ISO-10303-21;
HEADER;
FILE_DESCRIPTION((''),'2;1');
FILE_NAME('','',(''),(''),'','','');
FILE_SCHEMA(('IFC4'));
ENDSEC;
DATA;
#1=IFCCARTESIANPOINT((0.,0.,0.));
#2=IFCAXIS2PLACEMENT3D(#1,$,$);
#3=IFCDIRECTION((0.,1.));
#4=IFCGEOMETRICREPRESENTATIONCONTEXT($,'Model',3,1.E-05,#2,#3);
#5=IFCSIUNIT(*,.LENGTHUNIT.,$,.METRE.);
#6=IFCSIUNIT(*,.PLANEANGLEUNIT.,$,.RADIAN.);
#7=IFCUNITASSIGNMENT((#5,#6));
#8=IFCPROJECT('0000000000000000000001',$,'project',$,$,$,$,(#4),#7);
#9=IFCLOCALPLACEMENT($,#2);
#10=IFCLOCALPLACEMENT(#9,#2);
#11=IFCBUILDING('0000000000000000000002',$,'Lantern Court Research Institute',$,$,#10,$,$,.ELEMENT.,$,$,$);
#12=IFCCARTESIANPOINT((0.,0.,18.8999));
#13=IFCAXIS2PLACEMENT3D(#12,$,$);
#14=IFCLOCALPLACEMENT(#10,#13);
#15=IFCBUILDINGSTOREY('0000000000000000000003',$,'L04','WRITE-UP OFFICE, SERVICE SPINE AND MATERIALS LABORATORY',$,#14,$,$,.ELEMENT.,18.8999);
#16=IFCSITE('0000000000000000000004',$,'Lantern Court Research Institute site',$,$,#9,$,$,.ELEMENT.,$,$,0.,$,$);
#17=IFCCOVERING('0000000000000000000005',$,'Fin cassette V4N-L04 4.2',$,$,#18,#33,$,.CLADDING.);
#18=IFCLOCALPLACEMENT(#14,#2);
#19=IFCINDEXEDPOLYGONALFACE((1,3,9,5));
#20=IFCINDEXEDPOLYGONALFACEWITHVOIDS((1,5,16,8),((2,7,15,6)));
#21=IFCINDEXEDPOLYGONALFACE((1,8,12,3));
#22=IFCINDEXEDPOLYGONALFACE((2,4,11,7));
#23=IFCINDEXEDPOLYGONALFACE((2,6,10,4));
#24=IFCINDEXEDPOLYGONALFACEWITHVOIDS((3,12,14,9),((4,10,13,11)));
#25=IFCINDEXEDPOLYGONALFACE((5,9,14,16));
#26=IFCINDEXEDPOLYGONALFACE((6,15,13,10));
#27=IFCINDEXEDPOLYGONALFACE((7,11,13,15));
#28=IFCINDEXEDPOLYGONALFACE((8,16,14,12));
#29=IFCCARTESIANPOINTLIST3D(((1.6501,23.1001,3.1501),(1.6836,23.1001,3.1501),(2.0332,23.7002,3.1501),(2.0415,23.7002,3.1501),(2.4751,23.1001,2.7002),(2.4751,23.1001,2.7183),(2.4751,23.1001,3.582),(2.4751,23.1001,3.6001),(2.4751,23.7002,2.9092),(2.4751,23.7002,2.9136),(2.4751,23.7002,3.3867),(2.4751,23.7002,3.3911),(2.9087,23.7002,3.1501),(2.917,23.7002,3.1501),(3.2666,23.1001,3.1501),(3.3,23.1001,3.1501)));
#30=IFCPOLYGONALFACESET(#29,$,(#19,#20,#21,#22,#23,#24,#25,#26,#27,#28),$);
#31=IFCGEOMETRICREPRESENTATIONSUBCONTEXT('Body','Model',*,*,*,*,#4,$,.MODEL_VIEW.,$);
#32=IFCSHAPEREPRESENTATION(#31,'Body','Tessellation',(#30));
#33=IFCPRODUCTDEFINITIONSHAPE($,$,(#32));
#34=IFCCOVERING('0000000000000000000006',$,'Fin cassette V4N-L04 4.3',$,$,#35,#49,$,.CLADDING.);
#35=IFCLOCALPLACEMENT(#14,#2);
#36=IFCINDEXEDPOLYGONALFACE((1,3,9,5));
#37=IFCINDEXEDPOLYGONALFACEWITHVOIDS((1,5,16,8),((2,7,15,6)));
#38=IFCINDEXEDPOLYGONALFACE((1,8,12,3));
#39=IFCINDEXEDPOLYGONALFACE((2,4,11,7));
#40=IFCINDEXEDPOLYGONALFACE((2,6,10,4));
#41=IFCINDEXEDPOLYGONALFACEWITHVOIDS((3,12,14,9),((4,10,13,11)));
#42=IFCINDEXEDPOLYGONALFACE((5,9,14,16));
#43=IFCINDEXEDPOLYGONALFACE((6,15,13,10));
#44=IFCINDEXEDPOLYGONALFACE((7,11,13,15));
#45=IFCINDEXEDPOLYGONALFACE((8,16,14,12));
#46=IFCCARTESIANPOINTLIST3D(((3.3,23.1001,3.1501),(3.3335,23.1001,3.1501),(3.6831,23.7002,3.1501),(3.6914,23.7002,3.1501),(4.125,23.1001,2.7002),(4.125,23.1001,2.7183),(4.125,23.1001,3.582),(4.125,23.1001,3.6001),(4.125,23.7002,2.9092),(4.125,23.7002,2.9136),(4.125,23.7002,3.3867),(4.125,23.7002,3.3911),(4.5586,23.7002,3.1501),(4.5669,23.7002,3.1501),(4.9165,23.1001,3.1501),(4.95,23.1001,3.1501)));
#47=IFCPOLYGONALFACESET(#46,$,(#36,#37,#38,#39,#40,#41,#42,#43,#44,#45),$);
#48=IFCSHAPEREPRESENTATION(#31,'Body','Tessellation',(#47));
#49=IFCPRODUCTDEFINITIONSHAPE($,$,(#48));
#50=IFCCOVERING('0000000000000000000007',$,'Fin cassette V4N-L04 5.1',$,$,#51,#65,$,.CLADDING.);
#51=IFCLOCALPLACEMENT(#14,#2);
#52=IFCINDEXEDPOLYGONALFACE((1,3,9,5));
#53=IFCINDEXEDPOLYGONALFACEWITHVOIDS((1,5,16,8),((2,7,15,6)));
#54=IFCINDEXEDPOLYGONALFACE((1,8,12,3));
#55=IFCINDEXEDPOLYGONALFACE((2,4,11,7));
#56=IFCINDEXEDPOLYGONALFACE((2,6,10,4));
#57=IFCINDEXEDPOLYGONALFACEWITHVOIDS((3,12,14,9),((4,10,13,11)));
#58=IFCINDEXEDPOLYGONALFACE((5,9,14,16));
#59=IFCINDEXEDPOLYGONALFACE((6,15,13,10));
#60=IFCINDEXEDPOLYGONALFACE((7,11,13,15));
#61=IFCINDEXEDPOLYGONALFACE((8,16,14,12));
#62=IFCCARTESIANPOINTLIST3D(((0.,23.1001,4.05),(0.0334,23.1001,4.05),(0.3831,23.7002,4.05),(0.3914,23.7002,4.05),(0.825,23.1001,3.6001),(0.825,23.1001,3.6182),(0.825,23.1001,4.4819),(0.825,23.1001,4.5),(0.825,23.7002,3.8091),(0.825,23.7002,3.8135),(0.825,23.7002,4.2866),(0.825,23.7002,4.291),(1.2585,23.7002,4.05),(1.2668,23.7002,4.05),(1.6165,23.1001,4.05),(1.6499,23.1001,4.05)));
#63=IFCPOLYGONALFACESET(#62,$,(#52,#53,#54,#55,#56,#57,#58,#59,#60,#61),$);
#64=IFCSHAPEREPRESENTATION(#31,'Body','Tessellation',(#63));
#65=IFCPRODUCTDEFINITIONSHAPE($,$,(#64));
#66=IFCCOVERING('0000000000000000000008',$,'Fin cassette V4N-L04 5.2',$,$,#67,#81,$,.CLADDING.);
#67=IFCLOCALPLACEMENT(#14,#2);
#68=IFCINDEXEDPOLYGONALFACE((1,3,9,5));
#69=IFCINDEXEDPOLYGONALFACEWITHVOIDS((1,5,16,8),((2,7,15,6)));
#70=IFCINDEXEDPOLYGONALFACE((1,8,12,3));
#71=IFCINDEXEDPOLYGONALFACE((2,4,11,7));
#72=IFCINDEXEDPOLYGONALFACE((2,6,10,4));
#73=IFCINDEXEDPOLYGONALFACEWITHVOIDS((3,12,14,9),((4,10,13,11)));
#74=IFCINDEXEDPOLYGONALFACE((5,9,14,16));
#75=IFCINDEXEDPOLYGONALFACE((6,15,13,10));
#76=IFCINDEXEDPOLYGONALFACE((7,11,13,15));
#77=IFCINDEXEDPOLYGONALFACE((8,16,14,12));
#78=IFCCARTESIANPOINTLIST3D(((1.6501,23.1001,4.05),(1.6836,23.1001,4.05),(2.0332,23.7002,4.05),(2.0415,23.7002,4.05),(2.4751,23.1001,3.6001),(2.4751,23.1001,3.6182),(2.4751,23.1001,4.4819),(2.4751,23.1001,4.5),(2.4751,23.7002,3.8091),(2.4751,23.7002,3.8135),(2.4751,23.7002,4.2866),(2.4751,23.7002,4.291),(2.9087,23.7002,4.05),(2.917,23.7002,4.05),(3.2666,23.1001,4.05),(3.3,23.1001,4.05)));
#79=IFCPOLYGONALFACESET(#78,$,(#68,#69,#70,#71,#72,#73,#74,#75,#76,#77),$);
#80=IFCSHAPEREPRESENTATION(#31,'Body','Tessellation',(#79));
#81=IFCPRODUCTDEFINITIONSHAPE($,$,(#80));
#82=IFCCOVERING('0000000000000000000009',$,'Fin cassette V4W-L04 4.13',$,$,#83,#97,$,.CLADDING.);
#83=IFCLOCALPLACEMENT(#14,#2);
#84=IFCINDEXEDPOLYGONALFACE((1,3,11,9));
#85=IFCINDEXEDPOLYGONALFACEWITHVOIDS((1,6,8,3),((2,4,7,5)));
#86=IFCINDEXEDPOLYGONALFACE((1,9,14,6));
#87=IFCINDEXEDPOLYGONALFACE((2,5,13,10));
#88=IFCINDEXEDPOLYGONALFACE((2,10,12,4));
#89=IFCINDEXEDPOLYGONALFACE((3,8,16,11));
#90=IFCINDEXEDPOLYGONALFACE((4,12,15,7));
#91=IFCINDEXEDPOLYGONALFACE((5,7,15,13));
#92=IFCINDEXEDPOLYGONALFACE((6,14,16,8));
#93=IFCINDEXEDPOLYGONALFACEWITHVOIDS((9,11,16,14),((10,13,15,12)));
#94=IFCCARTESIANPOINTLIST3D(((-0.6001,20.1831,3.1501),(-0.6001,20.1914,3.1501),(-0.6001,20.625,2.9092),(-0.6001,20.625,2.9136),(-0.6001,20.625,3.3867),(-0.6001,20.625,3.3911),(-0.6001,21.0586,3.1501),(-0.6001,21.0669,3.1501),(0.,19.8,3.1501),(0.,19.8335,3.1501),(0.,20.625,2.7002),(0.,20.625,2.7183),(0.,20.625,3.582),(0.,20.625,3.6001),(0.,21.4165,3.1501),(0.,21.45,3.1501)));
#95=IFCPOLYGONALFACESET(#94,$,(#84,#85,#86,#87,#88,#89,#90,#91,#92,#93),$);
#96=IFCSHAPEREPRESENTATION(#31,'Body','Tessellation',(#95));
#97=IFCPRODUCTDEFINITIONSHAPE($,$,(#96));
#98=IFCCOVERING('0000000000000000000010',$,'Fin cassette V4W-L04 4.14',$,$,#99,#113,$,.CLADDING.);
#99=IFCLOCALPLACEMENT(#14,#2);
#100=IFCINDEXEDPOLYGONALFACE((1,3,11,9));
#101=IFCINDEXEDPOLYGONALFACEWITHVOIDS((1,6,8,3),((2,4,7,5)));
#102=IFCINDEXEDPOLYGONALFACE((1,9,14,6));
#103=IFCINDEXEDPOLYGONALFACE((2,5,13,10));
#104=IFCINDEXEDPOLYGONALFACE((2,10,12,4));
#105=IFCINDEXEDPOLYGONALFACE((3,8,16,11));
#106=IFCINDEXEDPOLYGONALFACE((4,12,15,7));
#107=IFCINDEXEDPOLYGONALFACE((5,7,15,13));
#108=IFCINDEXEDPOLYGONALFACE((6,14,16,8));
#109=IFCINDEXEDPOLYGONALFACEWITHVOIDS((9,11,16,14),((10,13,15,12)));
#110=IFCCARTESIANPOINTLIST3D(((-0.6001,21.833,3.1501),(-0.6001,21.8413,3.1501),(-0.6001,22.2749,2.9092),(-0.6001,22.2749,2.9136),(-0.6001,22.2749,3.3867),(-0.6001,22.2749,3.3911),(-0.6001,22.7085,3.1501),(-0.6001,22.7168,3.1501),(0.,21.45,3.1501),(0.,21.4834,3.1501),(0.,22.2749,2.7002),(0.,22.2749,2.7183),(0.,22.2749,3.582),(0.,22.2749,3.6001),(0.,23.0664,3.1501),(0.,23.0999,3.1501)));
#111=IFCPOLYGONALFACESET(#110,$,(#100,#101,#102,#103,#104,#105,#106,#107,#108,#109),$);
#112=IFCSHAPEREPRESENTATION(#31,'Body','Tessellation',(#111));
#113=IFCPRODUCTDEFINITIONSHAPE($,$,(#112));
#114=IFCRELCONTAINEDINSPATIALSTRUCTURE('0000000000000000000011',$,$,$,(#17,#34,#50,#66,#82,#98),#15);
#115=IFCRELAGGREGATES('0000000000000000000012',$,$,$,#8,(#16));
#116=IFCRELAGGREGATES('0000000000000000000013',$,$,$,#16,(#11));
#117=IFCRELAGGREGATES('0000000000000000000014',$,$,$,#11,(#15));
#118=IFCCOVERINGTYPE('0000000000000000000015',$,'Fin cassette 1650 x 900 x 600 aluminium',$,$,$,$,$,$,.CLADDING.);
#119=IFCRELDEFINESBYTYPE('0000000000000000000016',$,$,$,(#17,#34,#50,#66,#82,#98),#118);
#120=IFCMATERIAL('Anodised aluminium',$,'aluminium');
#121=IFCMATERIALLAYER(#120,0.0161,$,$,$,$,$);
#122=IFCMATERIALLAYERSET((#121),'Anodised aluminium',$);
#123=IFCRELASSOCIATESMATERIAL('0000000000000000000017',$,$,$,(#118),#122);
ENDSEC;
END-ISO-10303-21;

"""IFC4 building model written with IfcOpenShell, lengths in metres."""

from ifc_helpers import new_model, entity, si_unit, direction, frame, origin, place, context, subcontext, project, spatial, material, layer, layer_set, type_object, element, save


model = new_model("IFC4")

# Units and contexts
model_context = context("Model", 3, precision=1e-05, world=origin(), true_north=direction((0.0, 1.0)))
body_context = subcontext(model_context, "Body", "Model", "MODEL_VIEW")
ifc_project = project(units=[si_unit("LENGTHUNIT", "METRE"), si_unit("PLANEANGLEUNIT", "RADIAN")], contexts=[model_context])

# Site, building, storey
site_placement = place(None, origin())
site = spatial("IfcSite", under=ifc_project, at=site_placement, Name="Lantern Court Research Institute site", CompositionType="ELEMENT", RefElevation=0.0)
building_placement = place(site_placement, origin())
building = spatial("IfcBuilding", under=site, at=building_placement, Name="Lantern Court Research Institute", CompositionType="ELEMENT")
storey_placement = place(building_placement, frame((0.0, 0.0, 18.8999)))
storey = spatial("IfcBuildingStorey", under=building, at=storey_placement, Name="L04", Description="WRITE-UP OFFICE, SERVICE SPINE AND MATERIALS LABORATORY", CompositionType="ELEMENT", Elevation=18.8999)

# Coverings
ifc_material_1 = material(Name="Anodised aluminium", Category="aluminium")
ifc_layer_1 = layer(ifc_material_1, 0.0161)
ifc_layer_set_1 = layer_set([ifc_layer_1], Name="Anodised aluminium")
covering_type = type_object("IfcCoveringType", Name="Fin cassette 1650 x 900 x 600 aluminium", PredefinedType="CLADDING", material=ifc_layer_set_1)
covering_1_placement = place(storey_placement, frame((2.4751, 23.1001, 3.1501), z_axis=(0.0, 1.0, 0.0), x_axis=(-1.0, 0.0, 0.0)))
cartesian_point_1 = entity("IfcCartesianPoint", [0.825, 0.0])
cartesian_point_2 = entity("IfcCartesianPoint", [0.7915, 0.0])
cartesian_point_3 = entity("IfcCartesianPoint", [0.4419, 0.0])
cartesian_point_4 = entity("IfcCartesianPoint", [0.4336, 0.0])
element("IfcCovering", 1, at=covering_1_placement, inside=storey, type_object=covering_type, Name="Fin cassette V4N-L04 4.2", PredefinedType="CLADDING", context=body_context, shape_type="SweptSolid", body=[
    entity("IfcExtrudedAreaSolidTapered", entity("IfcArbitraryProfileDefWithVoids", "AREA", None, entity("IfcPolyline", [cartesian_point_1, entity("IfcCartesianPoint", [0.0, 0.45]), entity("IfcCartesianPoint", [-0.825, 0.0]), entity("IfcCartesianPoint", [0.0, -0.45]), cartesian_point_1]), [entity("IfcPolyline", [cartesian_point_2, entity("IfcCartesianPoint", [0.0, 0.4319]), entity("IfcCartesianPoint", [-0.7915, 0.0]), entity("IfcCartesianPoint", [0.0, -0.4319]), cartesian_point_2])]), entity("IfcAxis2Placement3D", entity("IfcCartesianPoint", [0.0, 0.0, 0.0])), entity("IfcDirection", [0.0, 0.0, 1.0]), 0.6001, entity("IfcArbitraryProfileDefWithVoids", "AREA", None, entity("IfcPolyline", [cartesian_point_3, entity("IfcCartesianPoint", [0.0, 0.241]), entity("IfcCartesianPoint", [-0.4419, 0.0]), entity("IfcCartesianPoint", [0.0, -0.241]), cartesian_point_3]), [entity("IfcPolyline", [cartesian_point_4, entity("IfcCartesianPoint", [0.0, 0.2366]), entity("IfcCartesianPoint", [-0.4336, 0.0]), entity("IfcCartesianPoint", [0.0, -0.2366]), cartesian_point_4])])),
])
covering_2_placement = place(storey_placement, frame((4.125, 23.1001, 3.1501), z_axis=(0.0, 1.0, 0.0), x_axis=(-1.0, 0.0, 0.0)))
cartesian_point_5 = entity("IfcCartesianPoint", [0.825, 0.0])
cartesian_point_6 = entity("IfcCartesianPoint", [0.7915, 0.0])
cartesian_point_7 = entity("IfcCartesianPoint", [0.4419, 0.0])
cartesian_point_8 = entity("IfcCartesianPoint", [0.4336, 0.0])
element("IfcCovering", 2, at=covering_2_placement, inside=storey, type_object=covering_type, Name="Fin cassette V4N-L04 4.3", PredefinedType="CLADDING", context=body_context, shape_type="SweptSolid", body=[
    entity("IfcExtrudedAreaSolidTapered", entity("IfcArbitraryProfileDefWithVoids", "AREA", None, entity("IfcPolyline", [cartesian_point_5, entity("IfcCartesianPoint", [0.0, 0.45]), entity("IfcCartesianPoint", [-0.825, 0.0]), entity("IfcCartesianPoint", [0.0, -0.45]), cartesian_point_5]), [entity("IfcPolyline", [cartesian_point_6, entity("IfcCartesianPoint", [0.0, 0.4319]), entity("IfcCartesianPoint", [-0.7915, 0.0]), entity("IfcCartesianPoint", [0.0, -0.4319]), cartesian_point_6])]), entity("IfcAxis2Placement3D", entity("IfcCartesianPoint", [0.0, 0.0, 0.0])), entity("IfcDirection", [0.0, 0.0, 1.0]), 0.6001, entity("IfcArbitraryProfileDefWithVoids", "AREA", None, entity("IfcPolyline", [cartesian_point_7, entity("IfcCartesianPoint", [0.0, 0.241]), entity("IfcCartesianPoint", [-0.4419, 0.0]), entity("IfcCartesianPoint", [0.0, -0.241]), cartesian_point_7]), [entity("IfcPolyline", [cartesian_point_8, entity("IfcCartesianPoint", [0.0, 0.2366]), entity("IfcCartesianPoint", [-0.4336, 0.0]), entity("IfcCartesianPoint", [0.0, -0.2366]), cartesian_point_8])])),
])
covering_3_placement = place(storey_placement, frame((0.825, 23.1001, 4.05), z_axis=(0.0, 1.0, 0.0), x_axis=(-1.0, 0.0, 0.0)))
cartesian_point_9 = entity("IfcCartesianPoint", [0.825, 0.0])
cartesian_point_10 = entity("IfcCartesianPoint", [0.7915, 0.0])
cartesian_point_11 = entity("IfcCartesianPoint", [0.4419, 0.0])
cartesian_point_12 = entity("IfcCartesianPoint", [0.4336, 0.0])
element("IfcCovering", 3, at=covering_3_placement, inside=storey, type_object=covering_type, Name="Fin cassette V4N-L04 5.1", PredefinedType="CLADDING", context=body_context, shape_type="SweptSolid", body=[
    entity("IfcExtrudedAreaSolidTapered", entity("IfcArbitraryProfileDefWithVoids", "AREA", None, entity("IfcPolyline", [cartesian_point_9, entity("IfcCartesianPoint", [0.0, 0.45]), entity("IfcCartesianPoint", [-0.825, 0.0]), entity("IfcCartesianPoint", [0.0, -0.45]), cartesian_point_9]), [entity("IfcPolyline", [cartesian_point_10, entity("IfcCartesianPoint", [0.0, 0.4319]), entity("IfcCartesianPoint", [-0.7915, 0.0]), entity("IfcCartesianPoint", [0.0, -0.4319]), cartesian_point_10])]), entity("IfcAxis2Placement3D", entity("IfcCartesianPoint", [0.0, 0.0, 0.0])), entity("IfcDirection", [0.0, 0.0, 1.0]), 0.6001, entity("IfcArbitraryProfileDefWithVoids", "AREA", None, entity("IfcPolyline", [cartesian_point_11, entity("IfcCartesianPoint", [0.0, 0.241]), entity("IfcCartesianPoint", [-0.4419, 0.0]), entity("IfcCartesianPoint", [0.0, -0.241]), cartesian_point_11]), [entity("IfcPolyline", [cartesian_point_12, entity("IfcCartesianPoint", [0.0, 0.2366]), entity("IfcCartesianPoint", [-0.4336, 0.0]), entity("IfcCartesianPoint", [0.0, -0.2366]), cartesian_point_12])])),
])
covering_4_placement = place(storey_placement, frame((2.4751, 23.1001, 4.05), z_axis=(0.0, 1.0, 0.0), x_axis=(-1.0, 0.0, 0.0)))
cartesian_point_13 = entity("IfcCartesianPoint", [0.825, 0.0])
cartesian_point_14 = entity("IfcCartesianPoint", [0.7915, 0.0])
cartesian_point_15 = entity("IfcCartesianPoint", [0.4419, 0.0])
cartesian_point_16 = entity("IfcCartesianPoint", [0.4336, 0.0])
element("IfcCovering", 4, at=covering_4_placement, inside=storey, type_object=covering_type, Name="Fin cassette V4N-L04 5.2", PredefinedType="CLADDING", context=body_context, shape_type="SweptSolid", body=[
    entity("IfcExtrudedAreaSolidTapered", entity("IfcArbitraryProfileDefWithVoids", "AREA", None, entity("IfcPolyline", [cartesian_point_13, entity("IfcCartesianPoint", [0.0, 0.45]), entity("IfcCartesianPoint", [-0.825, 0.0]), entity("IfcCartesianPoint", [0.0, -0.45]), cartesian_point_13]), [entity("IfcPolyline", [cartesian_point_14, entity("IfcCartesianPoint", [0.0, 0.4319]), entity("IfcCartesianPoint", [-0.7915, 0.0]), entity("IfcCartesianPoint", [0.0, -0.4319]), cartesian_point_14])]), entity("IfcAxis2Placement3D", entity("IfcCartesianPoint", [0.0, 0.0, 0.0])), entity("IfcDirection", [0.0, 0.0, 1.0]), 0.6001, entity("IfcArbitraryProfileDefWithVoids", "AREA", None, entity("IfcPolyline", [cartesian_point_15, entity("IfcCartesianPoint", [0.0, 0.241]), entity("IfcCartesianPoint", [-0.4419, 0.0]), entity("IfcCartesianPoint", [0.0, -0.241]), cartesian_point_15]), [entity("IfcPolyline", [cartesian_point_16, entity("IfcCartesianPoint", [0.0, 0.2366]), entity("IfcCartesianPoint", [-0.4336, 0.0]), entity("IfcCartesianPoint", [0.0, -0.2366]), cartesian_point_16])])),
])
covering_5_placement = place(storey_placement, frame((0.0, 20.625, 3.1501), z_axis=(-1.0, 0.0, 0.0), x_axis=(0.0, -1.0, 0.0)))
cartesian_point_17 = entity("IfcCartesianPoint", [0.825, 0.0])
cartesian_point_18 = entity("IfcCartesianPoint", [0.7915, 0.0])
cartesian_point_19 = entity("IfcCartesianPoint", [0.4419, 0.0])
cartesian_point_20 = entity("IfcCartesianPoint", [0.4336, 0.0])
element("IfcCovering", 5, at=covering_5_placement, inside=storey, type_object=covering_type, Name="Fin cassette V4W-L04 4.13", PredefinedType="CLADDING", context=body_context, shape_type="SweptSolid", body=[
    entity("IfcExtrudedAreaSolidTapered", entity("IfcArbitraryProfileDefWithVoids", "AREA", None, entity("IfcPolyline", [cartesian_point_17, entity("IfcCartesianPoint", [0.0, 0.45]), entity("IfcCartesianPoint", [-0.825, 0.0]), entity("IfcCartesianPoint", [0.0, -0.45]), cartesian_point_17]), [entity("IfcPolyline", [cartesian_point_18, entity("IfcCartesianPoint", [0.0, 0.4319]), entity("IfcCartesianPoint", [-0.7915, 0.0]), entity("IfcCartesianPoint", [0.0, -0.4319]), cartesian_point_18])]), entity("IfcAxis2Placement3D", entity("IfcCartesianPoint", [0.0, 0.0, 0.0])), entity("IfcDirection", [0.0, 0.0, 1.0]), 0.6001, entity("IfcArbitraryProfileDefWithVoids", "AREA", None, entity("IfcPolyline", [cartesian_point_19, entity("IfcCartesianPoint", [0.0, 0.241]), entity("IfcCartesianPoint", [-0.4419, 0.0]), entity("IfcCartesianPoint", [0.0, -0.241]), cartesian_point_19]), [entity("IfcPolyline", [cartesian_point_20, entity("IfcCartesianPoint", [0.0, 0.2366]), entity("IfcCartesianPoint", [-0.4336, 0.0]), entity("IfcCartesianPoint", [0.0, -0.2366]), cartesian_point_20])])),
])
covering_6_placement = place(storey_placement, frame((0.0, 22.2749, 3.1501), z_axis=(-1.0, 0.0, 0.0), x_axis=(0.0, -1.0, 0.0)))
cartesian_point_21 = entity("IfcCartesianPoint", [0.825, 0.0])
cartesian_point_22 = entity("IfcCartesianPoint", [0.7915, 0.0])
cartesian_point_23 = entity("IfcCartesianPoint", [0.4419, 0.0])
cartesian_point_24 = entity("IfcCartesianPoint", [0.4336, 0.0])
element("IfcCovering", 6, at=covering_6_placement, inside=storey, type_object=covering_type, Name="Fin cassette V4W-L04 4.14", PredefinedType="CLADDING", context=body_context, shape_type="SweptSolid", body=[
    entity("IfcExtrudedAreaSolidTapered", entity("IfcArbitraryProfileDefWithVoids", "AREA", None, entity("IfcPolyline", [cartesian_point_21, entity("IfcCartesianPoint", [0.0, 0.45]), entity("IfcCartesianPoint", [-0.825, 0.0]), entity("IfcCartesianPoint", [0.0, -0.45]), cartesian_point_21]), [entity("IfcPolyline", [cartesian_point_22, entity("IfcCartesianPoint", [0.0, 0.4319]), entity("IfcCartesianPoint", [-0.7915, 0.0]), entity("IfcCartesianPoint", [0.0, -0.4319]), cartesian_point_22])]), entity("IfcAxis2Placement3D", entity("IfcCartesianPoint", [0.0, 0.0, 0.0])), entity("IfcDirection", [0.0, 0.0, 1.0]), 0.6001, entity("IfcArbitraryProfileDefWithVoids", "AREA", None, entity("IfcPolyline", [cartesian_point_23, entity("IfcCartesianPoint", [0.0, 0.241]), entity("IfcCartesianPoint", [-0.4419, 0.0]), entity("IfcCartesianPoint", [0.0, -0.241]), cartesian_point_23]), [entity("IfcPolyline", [cartesian_point_24, entity("IfcCartesianPoint", [0.0, 0.2366]), entity("IfcCartesianPoint", [-0.4336, 0.0]), entity("IfcCartesianPoint", [0.0, -0.2366]), cartesian_point_24])])),
])

save(model, "model.ifc")
